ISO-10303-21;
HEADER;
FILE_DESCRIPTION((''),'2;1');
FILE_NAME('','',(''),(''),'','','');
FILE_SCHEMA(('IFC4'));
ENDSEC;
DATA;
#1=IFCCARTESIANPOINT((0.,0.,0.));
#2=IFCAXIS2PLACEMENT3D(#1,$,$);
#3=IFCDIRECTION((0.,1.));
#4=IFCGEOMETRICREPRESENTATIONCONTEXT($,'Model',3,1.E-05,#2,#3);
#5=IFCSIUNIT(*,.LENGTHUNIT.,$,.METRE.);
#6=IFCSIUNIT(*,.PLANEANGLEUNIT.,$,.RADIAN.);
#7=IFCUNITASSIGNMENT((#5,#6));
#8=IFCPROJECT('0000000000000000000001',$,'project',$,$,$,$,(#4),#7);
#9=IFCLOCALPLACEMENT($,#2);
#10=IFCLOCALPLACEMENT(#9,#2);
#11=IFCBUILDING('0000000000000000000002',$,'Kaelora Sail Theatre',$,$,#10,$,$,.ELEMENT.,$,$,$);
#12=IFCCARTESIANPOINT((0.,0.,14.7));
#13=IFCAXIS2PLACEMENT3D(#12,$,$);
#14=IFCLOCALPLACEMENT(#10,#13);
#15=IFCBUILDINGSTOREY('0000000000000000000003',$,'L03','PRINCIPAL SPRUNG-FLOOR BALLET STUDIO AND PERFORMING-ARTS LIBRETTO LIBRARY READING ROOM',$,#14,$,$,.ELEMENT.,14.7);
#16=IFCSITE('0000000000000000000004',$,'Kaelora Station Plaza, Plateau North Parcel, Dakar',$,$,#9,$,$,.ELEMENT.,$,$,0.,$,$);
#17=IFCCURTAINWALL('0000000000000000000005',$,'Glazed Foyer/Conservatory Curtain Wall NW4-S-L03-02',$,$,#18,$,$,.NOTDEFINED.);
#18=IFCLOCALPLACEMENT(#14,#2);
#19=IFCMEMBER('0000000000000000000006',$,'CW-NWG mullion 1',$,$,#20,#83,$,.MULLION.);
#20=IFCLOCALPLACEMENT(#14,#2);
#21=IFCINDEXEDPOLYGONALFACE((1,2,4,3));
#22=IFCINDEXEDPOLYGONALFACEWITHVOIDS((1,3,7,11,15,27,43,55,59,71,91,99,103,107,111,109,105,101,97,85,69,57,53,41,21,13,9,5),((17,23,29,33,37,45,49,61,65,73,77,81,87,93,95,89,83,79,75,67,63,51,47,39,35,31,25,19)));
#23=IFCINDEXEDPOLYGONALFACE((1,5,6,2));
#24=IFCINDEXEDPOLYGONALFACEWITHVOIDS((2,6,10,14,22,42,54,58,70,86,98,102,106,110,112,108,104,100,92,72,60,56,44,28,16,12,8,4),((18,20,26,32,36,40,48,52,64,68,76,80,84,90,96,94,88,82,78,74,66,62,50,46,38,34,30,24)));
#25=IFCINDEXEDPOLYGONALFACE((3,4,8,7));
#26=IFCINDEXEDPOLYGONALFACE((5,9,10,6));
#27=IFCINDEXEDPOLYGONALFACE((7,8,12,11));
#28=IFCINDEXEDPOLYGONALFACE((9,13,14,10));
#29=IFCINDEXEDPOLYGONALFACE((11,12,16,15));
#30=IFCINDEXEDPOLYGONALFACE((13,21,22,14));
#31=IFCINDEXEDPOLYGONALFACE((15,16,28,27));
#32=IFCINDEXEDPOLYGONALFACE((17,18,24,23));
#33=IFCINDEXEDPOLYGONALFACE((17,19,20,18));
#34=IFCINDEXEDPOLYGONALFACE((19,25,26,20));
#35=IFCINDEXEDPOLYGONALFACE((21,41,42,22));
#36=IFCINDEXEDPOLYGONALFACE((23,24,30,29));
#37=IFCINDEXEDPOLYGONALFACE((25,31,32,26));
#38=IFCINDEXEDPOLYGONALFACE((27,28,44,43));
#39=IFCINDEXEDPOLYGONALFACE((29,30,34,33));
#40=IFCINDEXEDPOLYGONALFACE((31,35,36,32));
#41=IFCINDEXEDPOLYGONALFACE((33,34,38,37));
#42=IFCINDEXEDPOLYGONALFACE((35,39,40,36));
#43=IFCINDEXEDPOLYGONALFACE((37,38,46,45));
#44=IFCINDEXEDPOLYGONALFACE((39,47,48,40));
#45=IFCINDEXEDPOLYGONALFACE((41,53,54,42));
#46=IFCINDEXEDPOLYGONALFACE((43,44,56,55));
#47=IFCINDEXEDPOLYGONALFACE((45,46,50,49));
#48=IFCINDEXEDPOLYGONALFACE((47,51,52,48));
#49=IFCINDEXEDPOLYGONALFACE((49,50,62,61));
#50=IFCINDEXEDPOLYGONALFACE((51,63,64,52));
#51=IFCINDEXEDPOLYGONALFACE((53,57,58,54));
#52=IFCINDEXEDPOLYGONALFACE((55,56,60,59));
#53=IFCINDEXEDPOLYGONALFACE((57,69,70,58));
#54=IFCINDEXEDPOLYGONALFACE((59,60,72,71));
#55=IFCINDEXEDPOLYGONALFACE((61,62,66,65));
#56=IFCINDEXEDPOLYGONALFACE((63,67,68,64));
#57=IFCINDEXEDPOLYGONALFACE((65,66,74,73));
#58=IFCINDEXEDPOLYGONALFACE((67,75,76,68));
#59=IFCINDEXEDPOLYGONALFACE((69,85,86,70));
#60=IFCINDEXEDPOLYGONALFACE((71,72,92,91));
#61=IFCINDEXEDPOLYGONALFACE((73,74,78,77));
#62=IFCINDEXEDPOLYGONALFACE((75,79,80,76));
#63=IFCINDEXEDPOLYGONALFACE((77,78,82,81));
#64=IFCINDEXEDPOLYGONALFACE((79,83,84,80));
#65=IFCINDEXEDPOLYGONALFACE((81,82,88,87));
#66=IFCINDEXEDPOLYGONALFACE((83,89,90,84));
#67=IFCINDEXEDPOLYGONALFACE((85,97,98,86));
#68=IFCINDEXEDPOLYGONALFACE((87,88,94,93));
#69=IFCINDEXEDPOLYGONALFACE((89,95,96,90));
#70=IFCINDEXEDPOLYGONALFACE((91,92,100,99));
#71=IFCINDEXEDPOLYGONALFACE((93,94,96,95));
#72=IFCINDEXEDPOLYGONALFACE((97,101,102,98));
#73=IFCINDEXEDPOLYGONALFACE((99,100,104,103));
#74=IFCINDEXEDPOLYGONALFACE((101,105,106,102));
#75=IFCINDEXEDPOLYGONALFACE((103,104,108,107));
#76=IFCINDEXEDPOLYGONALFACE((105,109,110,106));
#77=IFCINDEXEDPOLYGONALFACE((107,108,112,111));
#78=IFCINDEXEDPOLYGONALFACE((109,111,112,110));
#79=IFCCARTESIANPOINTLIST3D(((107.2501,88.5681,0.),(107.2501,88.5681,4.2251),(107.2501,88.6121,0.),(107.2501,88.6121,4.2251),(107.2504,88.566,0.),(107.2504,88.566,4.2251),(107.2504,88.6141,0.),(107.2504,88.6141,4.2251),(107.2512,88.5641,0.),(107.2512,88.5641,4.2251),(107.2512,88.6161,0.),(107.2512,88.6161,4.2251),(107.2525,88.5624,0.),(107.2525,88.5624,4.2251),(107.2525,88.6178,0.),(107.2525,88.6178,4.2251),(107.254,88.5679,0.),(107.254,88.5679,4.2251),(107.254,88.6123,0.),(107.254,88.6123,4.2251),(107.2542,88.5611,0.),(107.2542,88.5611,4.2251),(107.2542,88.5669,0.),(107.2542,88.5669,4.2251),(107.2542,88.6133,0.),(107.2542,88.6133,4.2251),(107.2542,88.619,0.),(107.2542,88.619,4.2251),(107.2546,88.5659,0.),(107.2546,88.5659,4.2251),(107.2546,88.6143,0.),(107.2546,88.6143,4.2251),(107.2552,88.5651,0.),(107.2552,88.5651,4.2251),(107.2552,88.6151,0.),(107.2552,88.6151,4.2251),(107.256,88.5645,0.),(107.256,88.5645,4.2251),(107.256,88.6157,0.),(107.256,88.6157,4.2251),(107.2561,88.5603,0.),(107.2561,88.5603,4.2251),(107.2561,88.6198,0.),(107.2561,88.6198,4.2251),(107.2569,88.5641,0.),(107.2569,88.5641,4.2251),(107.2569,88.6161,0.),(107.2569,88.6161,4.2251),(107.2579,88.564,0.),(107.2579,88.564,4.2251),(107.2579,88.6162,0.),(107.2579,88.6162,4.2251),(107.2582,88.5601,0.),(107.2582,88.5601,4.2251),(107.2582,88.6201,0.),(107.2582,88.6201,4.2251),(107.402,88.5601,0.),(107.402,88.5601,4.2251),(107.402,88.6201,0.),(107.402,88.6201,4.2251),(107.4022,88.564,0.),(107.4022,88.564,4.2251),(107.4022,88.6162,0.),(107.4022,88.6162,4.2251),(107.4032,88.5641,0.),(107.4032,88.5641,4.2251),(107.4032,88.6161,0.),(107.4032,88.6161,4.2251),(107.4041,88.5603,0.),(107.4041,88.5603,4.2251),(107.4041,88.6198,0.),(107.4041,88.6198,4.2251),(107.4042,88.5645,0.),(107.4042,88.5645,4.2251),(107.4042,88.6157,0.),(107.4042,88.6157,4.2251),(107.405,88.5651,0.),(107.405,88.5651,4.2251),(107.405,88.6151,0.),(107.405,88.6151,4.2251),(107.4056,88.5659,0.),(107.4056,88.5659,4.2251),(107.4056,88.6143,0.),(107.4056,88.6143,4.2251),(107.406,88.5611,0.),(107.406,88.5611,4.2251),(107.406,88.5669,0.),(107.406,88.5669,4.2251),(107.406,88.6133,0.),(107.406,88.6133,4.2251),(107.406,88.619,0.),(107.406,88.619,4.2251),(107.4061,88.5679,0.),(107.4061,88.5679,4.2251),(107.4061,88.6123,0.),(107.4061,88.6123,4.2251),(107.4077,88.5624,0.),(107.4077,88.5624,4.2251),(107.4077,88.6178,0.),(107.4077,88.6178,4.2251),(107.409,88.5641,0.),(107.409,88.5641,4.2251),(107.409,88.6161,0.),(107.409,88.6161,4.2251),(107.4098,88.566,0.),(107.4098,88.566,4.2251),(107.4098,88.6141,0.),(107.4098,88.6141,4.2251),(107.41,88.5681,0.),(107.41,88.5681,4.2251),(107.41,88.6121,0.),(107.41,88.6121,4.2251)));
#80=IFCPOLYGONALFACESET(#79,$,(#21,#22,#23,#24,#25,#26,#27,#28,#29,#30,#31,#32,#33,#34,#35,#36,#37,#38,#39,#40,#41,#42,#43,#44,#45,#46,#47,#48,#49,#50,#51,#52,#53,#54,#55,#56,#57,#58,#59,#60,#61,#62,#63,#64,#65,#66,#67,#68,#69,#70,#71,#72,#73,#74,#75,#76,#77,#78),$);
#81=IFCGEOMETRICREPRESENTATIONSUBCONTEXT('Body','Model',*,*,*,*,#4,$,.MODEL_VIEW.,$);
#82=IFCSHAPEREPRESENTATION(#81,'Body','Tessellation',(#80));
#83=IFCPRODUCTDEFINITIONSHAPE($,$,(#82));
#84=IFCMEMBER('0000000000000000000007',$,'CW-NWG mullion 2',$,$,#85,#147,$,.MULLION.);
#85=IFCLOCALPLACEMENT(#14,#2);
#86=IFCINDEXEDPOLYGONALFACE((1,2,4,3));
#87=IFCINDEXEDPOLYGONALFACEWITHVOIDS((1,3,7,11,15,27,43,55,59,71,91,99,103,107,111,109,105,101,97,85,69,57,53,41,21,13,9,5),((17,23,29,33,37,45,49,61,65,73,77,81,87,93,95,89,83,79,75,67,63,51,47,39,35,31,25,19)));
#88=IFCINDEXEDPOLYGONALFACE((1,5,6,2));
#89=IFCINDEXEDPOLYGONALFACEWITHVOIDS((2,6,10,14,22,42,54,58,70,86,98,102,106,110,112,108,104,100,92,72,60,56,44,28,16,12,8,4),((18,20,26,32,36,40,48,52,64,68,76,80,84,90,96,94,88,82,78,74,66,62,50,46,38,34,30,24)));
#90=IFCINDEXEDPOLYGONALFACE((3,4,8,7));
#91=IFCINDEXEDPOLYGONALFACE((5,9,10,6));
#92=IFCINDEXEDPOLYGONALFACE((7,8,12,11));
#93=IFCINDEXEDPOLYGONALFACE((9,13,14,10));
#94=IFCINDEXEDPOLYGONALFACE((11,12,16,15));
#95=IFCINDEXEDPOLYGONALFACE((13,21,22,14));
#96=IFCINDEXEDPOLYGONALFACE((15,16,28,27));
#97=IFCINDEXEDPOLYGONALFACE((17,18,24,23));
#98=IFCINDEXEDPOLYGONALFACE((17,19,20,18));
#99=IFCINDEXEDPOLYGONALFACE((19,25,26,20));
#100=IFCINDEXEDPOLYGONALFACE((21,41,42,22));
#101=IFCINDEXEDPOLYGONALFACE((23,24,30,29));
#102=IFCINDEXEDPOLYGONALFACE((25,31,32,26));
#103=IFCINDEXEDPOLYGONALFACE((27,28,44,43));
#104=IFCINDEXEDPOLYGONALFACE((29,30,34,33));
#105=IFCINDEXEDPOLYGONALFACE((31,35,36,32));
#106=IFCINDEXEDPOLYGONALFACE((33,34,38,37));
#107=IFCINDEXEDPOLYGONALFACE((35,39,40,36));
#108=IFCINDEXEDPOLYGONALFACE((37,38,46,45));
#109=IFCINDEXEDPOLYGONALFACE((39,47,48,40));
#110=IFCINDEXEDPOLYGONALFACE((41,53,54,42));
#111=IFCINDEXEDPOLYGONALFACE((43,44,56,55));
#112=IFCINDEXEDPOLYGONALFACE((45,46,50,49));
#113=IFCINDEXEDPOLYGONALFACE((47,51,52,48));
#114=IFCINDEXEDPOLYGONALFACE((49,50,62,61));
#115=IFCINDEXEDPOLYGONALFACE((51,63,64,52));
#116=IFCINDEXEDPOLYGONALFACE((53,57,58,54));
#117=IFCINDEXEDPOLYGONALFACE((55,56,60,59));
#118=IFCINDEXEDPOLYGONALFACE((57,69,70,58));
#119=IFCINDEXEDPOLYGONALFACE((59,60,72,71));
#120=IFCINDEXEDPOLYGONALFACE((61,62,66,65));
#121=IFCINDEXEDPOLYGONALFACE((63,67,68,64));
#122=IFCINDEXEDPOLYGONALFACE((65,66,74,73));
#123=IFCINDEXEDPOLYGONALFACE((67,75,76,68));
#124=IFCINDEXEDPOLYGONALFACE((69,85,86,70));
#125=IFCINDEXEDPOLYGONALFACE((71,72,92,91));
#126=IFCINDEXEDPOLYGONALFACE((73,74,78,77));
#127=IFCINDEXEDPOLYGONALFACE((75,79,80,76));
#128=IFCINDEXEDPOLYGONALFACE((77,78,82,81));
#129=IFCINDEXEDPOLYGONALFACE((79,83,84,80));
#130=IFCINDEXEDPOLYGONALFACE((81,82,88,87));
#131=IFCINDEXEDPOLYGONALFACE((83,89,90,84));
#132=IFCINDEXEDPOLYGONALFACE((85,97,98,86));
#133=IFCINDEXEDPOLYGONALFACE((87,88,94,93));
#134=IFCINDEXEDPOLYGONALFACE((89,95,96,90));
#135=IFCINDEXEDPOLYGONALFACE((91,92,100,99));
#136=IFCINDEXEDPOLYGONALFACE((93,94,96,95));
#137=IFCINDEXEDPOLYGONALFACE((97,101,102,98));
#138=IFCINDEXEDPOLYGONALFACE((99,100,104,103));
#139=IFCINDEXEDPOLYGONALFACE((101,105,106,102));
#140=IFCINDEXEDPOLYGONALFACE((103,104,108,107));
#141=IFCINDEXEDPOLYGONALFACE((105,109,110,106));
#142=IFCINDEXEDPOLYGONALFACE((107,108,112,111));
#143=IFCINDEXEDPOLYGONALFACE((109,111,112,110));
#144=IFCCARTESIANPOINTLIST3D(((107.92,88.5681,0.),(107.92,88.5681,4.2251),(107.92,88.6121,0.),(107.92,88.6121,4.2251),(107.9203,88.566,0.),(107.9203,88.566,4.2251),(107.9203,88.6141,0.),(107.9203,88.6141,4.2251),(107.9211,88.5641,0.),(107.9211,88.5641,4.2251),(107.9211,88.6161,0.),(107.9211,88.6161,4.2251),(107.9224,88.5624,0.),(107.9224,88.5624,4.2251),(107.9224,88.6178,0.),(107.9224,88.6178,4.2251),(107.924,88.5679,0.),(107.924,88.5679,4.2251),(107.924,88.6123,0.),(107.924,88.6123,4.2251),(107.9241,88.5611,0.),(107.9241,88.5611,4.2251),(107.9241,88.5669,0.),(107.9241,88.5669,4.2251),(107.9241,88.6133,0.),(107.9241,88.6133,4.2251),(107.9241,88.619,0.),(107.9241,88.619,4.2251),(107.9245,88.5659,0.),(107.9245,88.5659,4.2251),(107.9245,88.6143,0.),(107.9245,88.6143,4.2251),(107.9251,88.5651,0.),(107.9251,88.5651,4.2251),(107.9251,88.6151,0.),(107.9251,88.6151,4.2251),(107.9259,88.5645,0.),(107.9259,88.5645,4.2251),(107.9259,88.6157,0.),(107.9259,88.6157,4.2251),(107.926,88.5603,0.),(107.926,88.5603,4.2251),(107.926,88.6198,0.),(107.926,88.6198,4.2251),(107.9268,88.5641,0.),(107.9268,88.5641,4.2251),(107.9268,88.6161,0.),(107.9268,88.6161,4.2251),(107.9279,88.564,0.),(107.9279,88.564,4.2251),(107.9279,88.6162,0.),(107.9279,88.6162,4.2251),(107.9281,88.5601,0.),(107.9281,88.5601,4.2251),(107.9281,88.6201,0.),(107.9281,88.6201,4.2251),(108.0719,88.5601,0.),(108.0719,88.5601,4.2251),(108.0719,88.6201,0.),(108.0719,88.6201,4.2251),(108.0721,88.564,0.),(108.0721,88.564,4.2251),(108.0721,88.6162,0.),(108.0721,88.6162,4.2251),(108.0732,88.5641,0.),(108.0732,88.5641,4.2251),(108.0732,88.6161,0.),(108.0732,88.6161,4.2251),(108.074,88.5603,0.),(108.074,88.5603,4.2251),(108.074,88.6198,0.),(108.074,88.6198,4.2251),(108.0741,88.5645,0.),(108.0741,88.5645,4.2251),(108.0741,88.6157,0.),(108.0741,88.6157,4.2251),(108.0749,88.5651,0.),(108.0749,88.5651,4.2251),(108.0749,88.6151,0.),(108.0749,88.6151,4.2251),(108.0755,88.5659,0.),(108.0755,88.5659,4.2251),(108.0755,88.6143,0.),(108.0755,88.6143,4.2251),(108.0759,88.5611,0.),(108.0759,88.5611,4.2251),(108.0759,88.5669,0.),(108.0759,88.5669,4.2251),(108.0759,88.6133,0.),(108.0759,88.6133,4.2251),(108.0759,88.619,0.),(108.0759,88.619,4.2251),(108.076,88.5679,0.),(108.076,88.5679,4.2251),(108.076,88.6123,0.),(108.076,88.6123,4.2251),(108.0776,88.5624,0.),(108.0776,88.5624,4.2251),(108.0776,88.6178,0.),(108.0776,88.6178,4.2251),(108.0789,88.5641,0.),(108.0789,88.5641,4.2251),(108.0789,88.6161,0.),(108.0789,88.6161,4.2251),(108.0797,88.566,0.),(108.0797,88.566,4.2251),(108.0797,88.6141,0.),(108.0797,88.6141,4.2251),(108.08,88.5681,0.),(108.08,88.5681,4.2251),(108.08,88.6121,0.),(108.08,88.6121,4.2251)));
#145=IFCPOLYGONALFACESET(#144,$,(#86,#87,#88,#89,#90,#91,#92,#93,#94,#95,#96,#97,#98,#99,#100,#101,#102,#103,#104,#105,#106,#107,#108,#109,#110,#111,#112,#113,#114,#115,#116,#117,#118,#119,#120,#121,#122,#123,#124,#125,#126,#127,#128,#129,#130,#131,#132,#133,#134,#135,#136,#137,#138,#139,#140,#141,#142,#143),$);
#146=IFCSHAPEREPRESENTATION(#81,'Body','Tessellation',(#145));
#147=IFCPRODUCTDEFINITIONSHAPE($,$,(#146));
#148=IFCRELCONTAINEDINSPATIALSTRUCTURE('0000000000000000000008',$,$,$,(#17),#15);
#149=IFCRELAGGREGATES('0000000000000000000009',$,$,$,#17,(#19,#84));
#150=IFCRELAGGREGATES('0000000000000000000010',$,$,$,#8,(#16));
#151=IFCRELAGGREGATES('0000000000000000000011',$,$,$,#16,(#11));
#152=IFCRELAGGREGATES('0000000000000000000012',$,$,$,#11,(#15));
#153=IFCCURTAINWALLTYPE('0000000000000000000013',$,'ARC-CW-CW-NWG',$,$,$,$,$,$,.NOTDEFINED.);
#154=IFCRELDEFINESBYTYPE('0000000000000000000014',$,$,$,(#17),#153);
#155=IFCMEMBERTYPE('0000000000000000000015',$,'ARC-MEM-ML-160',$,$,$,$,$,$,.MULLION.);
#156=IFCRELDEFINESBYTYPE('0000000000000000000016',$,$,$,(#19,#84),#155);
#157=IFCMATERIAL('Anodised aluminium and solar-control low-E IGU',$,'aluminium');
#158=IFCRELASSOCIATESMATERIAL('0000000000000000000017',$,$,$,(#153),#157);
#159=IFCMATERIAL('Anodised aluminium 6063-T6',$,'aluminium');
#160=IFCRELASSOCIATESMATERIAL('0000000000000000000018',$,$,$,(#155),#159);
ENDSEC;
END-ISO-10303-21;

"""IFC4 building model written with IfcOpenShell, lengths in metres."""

from ifc_helpers import new_model, si_unit, direction, frame, origin, origin_2d, place, context, subcontext, project, spatial, hollow_rectangle, extrude, material, material_profile, profile_set, type_object, element, aggregate, save


model = new_model("IFC4")

# Units and contexts
model_context = context("Model", 3, precision=1e-05, world=origin(), true_north=direction((0.0, 1.0)))
body_context = subcontext(model_context, "Body", "Model", "MODEL_VIEW")
ifc_project = project(units=[si_unit("LENGTHUNIT", "METRE"), si_unit("PLANEANGLEUNIT", "RADIAN")], contexts=[model_context])

# Site, building, storey
site_placement = place(None, origin())
site = spatial("IfcSite", under=ifc_project, at=site_placement, Name="Kaelora Station Plaza, Plateau North Parcel, Dakar", CompositionType="ELEMENT", RefElevation=0.0)
building_placement = place(site_placement, origin())
building = spatial("IfcBuilding", under=site, at=building_placement, Name="Kaelora Sail Theatre", CompositionType="ELEMENT")
storey_placement = place(building_placement, frame((0.0, 0.0, 14.7)))
storey = spatial("IfcBuildingStorey", under=building, at=storey_placement, Name="L03", Description="PRINCIPAL SPRUNG-FLOOR BALLET STUDIO AND PERFORMING-ARTS LIBRETTO LIBRARY READING ROOM", CompositionType="ELEMENT", Elevation=14.7)

# Curtain wall, members
ifc_material_1 = material(Name="Anodised aluminium and solar-control low-E IGU", Category="aluminium")
curtain_wall_type = type_object("IfcCurtainWallType", Name="ARC-CW-CW-NWG", PredefinedType="NOTDEFINED", material=ifc_material_1)
ifc_material_2 = material(Name="Anodised aluminium 6063-T6", Category="aluminium")
ifc_material_profile_1 = material_profile(ifc_material_2, hollow_rectangle(XDim=0.0601, YDim=0.1599, WallThickness=0.0039, InnerFilletRadius=0.0039, OuterFilletRadius=0.0081, at=origin_2d()), Name="ALU-MULL 60x160x4")
ifc_profile_set_1 = profile_set([ifc_material_profile_1], Name="Anodised aluminium 6063-T6")
member_type_1 = type_object("IfcMemberType", Name="ARC-MEM-ML-160", PredefinedType="MULLION", material=ifc_profile_set_1)
curtain_wall_1_placement = place(storey_placement, origin())
curtain_wall_1 = element("IfcCurtainWall", 1, at=curtain_wall_1_placement, inside=storey, type_object=curtain_wall_type, Name="Glazed Foyer/Conservatory Curtain Wall NW4-S-L03-02", PredefinedType="NOTDEFINED")
member_1_placement = place(storey_placement, frame((107.3301, 88.5901, 0.0), z_axis=(0.0, 0.0, 1.0), x_axis=(0.0, 1.0, 0.0)))
member_1 = element("IfcMember", 2, at=member_1_placement, type_object=member_type_1, Name="CW-NWG mullion 1", PredefinedType="MULLION", context=body_context, shape_type="SweptSolid", body=[
    extrude(hollow_rectangle(XDim=0.0601, YDim=0.1599, WallThickness=0.0039, InnerFilletRadius=0.0039, OuterFilletRadius=0.0081, at=origin_2d()), origin(), (0.0, 0.0, 1.0), 4.2251),
])
member_2_placement = place(storey_placement, frame((108.0, 88.5901, 0.0), z_axis=(0.0, 0.0, 1.0), x_axis=(0.0, 1.0, 0.0)))
member_2 = element("IfcMember", 3, at=member_2_placement, type_object=member_type_1, Name="CW-NWG mullion 2", PredefinedType="MULLION", context=body_context, shape_type="SweptSolid", body=[
    extrude(hollow_rectangle(XDim=0.0601, YDim=0.1599, WallThickness=0.0039, InnerFilletRadius=0.0039, OuterFilletRadius=0.0081, at=origin_2d()), origin(), (0.0, 0.0, 1.0), 4.2251),
])

aggregate(curtain_wall_1, [member_1, member_2])

save(model, "model.ifc")
